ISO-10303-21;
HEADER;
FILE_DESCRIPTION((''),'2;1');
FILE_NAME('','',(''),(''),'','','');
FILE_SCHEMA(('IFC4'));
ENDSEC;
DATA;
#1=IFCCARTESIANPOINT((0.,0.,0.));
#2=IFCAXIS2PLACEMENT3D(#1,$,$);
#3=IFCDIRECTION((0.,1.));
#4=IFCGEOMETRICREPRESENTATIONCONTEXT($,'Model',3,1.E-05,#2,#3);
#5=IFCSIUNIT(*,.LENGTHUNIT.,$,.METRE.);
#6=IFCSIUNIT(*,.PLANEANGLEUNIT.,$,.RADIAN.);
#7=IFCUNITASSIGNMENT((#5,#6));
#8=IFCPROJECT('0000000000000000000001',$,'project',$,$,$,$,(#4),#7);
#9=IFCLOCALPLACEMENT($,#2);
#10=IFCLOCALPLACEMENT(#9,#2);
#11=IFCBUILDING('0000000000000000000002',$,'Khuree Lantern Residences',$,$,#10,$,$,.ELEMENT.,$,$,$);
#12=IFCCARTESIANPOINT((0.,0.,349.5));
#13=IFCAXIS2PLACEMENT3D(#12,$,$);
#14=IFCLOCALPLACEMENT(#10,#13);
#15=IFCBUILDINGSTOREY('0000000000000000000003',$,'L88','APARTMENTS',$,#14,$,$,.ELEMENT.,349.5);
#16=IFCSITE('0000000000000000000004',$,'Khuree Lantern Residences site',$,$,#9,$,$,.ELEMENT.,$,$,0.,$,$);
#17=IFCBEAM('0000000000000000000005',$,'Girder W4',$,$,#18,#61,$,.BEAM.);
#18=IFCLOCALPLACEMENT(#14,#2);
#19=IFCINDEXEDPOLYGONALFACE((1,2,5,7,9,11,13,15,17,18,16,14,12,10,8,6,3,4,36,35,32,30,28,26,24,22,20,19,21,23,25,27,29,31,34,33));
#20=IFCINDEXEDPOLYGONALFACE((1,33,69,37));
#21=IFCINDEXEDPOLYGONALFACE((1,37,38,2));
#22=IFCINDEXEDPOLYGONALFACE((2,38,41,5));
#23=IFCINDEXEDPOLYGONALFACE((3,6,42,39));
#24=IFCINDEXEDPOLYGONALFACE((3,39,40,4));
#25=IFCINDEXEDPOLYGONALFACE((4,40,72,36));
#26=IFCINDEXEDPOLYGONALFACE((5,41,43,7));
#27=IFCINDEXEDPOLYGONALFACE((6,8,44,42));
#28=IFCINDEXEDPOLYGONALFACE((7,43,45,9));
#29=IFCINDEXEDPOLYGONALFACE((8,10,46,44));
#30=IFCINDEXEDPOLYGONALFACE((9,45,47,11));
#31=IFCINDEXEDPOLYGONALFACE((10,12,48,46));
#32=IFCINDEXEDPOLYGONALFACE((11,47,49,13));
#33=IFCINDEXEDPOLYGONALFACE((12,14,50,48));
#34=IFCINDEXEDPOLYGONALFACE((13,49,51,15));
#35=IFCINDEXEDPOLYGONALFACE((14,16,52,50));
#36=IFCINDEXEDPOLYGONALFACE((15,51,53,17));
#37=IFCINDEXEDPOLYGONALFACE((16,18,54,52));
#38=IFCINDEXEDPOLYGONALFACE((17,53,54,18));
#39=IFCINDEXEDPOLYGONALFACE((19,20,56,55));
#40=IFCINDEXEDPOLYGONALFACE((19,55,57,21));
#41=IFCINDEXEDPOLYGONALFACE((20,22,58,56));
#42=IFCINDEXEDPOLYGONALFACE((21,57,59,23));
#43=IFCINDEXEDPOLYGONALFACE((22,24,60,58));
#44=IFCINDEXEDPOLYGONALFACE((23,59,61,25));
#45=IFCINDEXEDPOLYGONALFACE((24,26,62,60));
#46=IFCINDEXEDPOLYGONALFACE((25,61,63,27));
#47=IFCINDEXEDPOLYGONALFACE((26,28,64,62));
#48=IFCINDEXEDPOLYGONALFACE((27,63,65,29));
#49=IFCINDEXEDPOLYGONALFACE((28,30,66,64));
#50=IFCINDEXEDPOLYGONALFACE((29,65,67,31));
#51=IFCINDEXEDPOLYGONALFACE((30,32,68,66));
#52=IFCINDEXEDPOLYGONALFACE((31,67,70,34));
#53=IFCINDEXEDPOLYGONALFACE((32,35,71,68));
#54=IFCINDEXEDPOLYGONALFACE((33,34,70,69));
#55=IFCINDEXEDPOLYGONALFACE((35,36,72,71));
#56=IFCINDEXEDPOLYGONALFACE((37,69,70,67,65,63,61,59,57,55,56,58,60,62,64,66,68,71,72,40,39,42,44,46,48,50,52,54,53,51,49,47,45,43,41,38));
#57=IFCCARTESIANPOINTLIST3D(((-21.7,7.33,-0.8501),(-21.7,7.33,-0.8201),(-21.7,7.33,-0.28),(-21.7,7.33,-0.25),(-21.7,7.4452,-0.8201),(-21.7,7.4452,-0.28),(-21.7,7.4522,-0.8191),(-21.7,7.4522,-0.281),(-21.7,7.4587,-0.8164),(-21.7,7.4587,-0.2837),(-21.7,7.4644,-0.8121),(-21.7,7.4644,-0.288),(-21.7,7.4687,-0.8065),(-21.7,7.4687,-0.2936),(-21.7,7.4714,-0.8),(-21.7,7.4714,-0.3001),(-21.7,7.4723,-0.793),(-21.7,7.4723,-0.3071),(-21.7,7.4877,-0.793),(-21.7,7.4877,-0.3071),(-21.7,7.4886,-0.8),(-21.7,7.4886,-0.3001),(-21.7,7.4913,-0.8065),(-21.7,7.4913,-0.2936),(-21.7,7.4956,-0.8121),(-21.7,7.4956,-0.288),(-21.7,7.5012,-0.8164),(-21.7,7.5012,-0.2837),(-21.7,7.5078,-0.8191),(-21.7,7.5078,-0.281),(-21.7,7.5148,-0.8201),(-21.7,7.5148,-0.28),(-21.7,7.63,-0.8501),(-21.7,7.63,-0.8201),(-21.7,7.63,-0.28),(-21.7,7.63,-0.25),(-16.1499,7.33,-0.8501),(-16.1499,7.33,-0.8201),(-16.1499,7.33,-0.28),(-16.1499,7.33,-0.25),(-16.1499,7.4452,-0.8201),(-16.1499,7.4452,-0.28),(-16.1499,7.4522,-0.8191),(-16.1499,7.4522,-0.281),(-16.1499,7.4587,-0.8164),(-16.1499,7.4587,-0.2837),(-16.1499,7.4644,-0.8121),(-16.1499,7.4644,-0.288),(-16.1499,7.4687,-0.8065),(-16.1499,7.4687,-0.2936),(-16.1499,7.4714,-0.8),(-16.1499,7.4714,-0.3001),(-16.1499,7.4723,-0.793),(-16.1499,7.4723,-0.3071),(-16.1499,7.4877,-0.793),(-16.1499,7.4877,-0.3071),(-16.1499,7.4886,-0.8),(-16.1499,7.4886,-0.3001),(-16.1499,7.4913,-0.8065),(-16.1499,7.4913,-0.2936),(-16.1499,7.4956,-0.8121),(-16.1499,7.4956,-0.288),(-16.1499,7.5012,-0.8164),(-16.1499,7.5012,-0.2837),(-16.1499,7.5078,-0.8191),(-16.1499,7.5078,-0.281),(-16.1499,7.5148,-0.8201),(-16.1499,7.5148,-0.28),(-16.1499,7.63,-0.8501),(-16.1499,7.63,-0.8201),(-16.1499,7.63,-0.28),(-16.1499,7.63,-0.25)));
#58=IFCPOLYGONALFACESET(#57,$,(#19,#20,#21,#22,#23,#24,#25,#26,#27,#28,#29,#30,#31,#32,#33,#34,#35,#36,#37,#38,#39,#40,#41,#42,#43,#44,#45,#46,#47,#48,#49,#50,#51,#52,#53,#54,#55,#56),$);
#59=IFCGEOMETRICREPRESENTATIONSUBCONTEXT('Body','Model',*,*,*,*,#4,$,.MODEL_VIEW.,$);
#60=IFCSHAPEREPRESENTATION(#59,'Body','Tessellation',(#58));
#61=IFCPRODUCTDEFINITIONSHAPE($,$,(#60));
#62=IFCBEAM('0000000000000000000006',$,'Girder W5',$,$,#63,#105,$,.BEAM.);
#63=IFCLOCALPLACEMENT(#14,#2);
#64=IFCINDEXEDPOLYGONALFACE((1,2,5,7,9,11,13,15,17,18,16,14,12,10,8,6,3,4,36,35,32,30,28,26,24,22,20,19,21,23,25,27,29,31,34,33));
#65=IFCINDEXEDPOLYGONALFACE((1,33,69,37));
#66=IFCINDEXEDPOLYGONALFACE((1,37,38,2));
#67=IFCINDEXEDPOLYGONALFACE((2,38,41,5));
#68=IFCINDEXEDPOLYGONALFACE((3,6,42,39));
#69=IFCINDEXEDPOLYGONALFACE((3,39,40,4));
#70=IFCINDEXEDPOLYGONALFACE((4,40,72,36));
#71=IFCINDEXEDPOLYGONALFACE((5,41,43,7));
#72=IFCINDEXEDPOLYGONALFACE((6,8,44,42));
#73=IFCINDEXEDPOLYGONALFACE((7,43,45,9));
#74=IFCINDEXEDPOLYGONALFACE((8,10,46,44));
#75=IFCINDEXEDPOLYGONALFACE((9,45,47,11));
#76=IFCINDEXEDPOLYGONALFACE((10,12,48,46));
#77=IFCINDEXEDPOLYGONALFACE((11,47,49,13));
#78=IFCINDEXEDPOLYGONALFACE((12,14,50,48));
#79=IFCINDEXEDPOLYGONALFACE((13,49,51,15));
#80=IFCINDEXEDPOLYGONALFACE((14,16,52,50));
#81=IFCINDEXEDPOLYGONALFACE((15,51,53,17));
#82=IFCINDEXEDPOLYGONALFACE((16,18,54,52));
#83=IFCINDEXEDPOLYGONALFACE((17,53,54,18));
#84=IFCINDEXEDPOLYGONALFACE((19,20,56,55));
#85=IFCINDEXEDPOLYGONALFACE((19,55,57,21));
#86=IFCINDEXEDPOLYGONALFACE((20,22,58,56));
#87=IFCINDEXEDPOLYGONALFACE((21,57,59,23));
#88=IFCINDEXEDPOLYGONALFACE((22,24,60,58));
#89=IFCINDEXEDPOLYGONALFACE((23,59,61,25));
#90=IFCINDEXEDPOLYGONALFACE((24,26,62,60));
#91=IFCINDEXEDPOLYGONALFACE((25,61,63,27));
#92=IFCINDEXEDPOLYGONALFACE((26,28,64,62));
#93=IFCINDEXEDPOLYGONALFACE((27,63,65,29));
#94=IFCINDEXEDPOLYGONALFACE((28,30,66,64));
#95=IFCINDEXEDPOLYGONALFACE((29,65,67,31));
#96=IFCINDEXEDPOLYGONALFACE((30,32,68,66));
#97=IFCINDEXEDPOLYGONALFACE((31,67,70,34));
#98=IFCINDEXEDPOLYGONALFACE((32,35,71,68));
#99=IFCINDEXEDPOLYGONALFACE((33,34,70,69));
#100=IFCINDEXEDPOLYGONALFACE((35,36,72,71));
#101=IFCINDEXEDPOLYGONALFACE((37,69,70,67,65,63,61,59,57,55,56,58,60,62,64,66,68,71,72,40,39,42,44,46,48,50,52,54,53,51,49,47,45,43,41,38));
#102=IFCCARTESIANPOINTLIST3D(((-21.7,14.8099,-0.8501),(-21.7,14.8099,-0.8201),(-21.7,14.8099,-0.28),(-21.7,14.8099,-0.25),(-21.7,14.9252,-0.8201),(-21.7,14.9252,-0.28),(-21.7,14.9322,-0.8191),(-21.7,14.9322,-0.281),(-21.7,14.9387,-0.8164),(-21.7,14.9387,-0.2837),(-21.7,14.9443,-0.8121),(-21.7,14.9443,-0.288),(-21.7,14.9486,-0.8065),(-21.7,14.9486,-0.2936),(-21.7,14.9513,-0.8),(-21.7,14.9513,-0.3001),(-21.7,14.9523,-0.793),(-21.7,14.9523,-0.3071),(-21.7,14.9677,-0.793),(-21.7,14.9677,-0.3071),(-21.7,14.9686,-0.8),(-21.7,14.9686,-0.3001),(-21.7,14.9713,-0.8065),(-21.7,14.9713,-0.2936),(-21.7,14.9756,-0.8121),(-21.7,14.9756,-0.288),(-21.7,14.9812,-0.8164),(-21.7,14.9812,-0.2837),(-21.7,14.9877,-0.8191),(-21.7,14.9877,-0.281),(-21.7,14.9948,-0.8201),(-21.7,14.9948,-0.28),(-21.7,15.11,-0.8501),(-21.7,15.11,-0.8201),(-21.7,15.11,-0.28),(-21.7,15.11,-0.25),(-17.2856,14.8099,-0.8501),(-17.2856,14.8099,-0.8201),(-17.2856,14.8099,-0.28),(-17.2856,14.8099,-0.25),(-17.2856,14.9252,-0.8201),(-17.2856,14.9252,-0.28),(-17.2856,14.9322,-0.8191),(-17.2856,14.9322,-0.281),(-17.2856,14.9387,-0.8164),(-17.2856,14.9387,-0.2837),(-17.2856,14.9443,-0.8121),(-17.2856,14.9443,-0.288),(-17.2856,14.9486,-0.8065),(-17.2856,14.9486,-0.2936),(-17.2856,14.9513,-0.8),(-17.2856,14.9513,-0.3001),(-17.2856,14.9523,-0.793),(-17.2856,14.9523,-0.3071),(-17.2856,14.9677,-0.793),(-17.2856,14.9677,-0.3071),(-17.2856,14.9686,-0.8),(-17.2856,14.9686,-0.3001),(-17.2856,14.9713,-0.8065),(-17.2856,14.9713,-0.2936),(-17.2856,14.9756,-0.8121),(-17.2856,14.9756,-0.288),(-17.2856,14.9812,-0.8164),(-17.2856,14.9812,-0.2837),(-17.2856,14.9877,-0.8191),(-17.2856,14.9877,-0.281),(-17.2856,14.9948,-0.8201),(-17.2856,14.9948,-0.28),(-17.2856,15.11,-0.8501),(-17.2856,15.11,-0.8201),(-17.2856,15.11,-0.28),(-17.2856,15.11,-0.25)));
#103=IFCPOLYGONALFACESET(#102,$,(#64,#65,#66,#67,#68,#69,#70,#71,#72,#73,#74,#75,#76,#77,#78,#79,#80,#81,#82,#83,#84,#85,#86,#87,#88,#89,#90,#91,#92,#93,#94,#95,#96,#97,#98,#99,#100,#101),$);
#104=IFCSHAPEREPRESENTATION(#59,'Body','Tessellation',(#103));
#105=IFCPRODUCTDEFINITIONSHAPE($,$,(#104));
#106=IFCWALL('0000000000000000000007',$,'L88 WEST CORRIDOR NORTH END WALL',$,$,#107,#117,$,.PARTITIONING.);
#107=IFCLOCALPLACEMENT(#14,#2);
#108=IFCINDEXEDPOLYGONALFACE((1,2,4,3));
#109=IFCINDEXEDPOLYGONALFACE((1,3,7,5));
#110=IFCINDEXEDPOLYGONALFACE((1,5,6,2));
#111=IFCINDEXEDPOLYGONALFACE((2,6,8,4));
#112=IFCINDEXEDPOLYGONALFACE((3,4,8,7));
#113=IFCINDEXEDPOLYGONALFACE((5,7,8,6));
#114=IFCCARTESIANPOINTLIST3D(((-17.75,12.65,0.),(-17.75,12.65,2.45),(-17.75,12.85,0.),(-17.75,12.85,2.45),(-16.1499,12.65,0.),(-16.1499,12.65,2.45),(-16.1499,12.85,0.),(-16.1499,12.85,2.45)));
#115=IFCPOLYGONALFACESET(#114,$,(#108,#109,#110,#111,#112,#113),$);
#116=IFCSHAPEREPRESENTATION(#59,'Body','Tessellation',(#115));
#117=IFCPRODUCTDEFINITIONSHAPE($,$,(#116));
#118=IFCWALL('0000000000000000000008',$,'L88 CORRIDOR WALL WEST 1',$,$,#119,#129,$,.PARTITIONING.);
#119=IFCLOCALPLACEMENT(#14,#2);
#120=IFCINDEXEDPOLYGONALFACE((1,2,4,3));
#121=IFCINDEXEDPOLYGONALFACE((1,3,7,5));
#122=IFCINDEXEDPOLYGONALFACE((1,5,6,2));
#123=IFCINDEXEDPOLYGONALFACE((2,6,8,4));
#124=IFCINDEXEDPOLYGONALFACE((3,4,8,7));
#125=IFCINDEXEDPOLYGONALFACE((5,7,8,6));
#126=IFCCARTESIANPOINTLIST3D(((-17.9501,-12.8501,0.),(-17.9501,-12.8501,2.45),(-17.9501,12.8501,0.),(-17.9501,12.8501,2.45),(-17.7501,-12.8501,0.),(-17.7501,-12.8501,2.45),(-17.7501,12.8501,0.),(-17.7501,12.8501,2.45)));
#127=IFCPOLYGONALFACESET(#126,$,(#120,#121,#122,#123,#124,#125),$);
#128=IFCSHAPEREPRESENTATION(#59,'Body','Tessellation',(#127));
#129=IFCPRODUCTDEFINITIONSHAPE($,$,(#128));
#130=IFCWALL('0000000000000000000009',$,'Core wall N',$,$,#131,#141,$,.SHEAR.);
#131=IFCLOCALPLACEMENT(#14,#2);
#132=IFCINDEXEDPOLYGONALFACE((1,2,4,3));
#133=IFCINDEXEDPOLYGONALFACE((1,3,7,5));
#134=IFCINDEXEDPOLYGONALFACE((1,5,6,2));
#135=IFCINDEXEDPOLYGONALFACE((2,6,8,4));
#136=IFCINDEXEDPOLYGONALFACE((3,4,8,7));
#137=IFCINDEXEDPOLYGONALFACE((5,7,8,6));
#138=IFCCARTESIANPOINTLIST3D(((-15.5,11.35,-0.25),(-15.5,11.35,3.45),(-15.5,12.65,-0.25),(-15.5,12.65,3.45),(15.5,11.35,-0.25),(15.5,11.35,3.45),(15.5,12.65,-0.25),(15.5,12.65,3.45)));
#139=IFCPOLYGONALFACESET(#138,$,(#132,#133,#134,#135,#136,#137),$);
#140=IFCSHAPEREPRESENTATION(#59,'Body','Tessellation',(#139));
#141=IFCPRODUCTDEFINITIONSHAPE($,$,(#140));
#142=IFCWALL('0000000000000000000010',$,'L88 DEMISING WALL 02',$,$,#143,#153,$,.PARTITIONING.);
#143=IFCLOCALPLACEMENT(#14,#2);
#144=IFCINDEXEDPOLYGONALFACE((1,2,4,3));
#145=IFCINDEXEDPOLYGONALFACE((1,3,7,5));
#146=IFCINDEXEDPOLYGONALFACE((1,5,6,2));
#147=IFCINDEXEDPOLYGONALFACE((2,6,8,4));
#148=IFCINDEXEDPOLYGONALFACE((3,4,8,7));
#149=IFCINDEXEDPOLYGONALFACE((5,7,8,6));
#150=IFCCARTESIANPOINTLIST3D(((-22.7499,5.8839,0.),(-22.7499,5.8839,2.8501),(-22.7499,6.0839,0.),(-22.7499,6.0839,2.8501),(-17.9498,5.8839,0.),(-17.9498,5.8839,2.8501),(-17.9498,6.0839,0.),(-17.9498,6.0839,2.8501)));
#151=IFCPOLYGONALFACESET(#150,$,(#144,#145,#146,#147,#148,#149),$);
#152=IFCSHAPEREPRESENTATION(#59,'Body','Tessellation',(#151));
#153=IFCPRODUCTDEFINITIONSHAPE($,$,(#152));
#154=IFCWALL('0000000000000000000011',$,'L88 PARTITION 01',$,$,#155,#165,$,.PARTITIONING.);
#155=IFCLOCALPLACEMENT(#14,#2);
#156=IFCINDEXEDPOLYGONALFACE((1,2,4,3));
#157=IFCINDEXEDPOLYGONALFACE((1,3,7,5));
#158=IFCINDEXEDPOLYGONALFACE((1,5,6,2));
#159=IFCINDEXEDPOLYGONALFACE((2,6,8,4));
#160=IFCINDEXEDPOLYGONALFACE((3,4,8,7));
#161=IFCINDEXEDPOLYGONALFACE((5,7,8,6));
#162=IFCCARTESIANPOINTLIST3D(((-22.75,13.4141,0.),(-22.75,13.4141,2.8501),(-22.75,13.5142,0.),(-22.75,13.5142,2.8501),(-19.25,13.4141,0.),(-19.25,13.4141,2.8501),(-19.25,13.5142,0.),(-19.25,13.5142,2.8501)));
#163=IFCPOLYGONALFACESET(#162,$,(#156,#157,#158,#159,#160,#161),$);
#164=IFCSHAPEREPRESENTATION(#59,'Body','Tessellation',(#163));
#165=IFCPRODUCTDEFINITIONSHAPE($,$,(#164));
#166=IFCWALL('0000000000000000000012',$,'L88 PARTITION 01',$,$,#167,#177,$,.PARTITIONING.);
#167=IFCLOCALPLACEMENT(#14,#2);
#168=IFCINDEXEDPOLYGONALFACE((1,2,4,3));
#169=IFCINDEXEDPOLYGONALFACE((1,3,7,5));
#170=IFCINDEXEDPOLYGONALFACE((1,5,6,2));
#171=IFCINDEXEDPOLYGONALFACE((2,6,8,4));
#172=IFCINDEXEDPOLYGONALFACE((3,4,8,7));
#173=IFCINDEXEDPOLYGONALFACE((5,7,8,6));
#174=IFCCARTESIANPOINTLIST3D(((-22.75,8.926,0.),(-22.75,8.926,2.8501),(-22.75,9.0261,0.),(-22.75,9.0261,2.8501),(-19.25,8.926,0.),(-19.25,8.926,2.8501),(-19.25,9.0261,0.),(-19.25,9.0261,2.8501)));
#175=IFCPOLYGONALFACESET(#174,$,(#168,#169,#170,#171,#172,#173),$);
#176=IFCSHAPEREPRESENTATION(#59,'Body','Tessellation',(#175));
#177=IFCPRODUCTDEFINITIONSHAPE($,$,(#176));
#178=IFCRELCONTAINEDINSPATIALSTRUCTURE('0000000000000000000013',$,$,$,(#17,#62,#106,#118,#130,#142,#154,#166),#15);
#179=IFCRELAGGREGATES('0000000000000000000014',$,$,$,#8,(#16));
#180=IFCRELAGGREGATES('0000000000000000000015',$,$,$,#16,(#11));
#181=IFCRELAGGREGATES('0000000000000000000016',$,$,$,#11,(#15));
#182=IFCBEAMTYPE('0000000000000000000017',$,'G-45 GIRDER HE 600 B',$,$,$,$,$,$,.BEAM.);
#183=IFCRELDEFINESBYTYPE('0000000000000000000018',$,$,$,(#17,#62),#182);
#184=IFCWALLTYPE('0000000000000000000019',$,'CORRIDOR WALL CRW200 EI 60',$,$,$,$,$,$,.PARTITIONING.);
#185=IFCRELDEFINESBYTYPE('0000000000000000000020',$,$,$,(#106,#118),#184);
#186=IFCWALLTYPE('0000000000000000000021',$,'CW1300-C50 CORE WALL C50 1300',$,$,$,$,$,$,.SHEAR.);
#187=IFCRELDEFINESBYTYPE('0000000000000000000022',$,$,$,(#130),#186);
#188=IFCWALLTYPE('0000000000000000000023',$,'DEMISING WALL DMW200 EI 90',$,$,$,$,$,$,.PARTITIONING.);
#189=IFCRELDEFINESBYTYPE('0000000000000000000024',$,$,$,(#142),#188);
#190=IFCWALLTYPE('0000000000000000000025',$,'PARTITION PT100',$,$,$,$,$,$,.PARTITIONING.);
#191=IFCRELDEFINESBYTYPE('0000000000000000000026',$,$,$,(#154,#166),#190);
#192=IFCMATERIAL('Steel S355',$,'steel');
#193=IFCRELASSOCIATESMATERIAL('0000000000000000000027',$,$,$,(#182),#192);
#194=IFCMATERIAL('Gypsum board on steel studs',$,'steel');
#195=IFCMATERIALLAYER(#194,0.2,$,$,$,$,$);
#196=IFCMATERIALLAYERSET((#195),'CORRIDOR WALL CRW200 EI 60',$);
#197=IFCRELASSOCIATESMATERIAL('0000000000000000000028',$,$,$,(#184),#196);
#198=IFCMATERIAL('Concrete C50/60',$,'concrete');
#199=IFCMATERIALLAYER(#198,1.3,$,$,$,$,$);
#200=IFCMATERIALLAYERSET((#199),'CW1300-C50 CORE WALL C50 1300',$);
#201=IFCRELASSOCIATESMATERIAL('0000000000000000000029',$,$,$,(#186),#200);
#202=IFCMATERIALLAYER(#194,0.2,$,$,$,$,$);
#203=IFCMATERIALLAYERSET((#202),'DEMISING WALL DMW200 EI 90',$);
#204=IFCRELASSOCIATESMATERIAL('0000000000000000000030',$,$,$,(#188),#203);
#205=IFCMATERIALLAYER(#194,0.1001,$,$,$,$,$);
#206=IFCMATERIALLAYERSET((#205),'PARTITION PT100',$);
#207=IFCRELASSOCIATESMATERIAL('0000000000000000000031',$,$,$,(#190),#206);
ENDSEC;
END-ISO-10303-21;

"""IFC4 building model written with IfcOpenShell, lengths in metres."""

from ifc_helpers import new_model, si_unit, direction, frame, frame_2d, origin, origin_2d, place, context, subcontext, project, spatial, rectangle, i_section, extrude, material, layer, layer_set, material_profile, profile_set, type_object, element, save


model = new_model("IFC4")

# Units and contexts
model_context = context("Model", 3, precision=1e-05, world=origin(), true_north=direction((0.0, 1.0)))
body_context = subcontext(model_context, "Body", "Model", "MODEL_VIEW")
ifc_project = project(units=[si_unit("LENGTHUNIT", "METRE"), si_unit("PLANEANGLEUNIT", "RADIAN")], contexts=[model_context])

# Site, building, storey
site_placement = place(None, origin())
site = spatial("IfcSite", under=ifc_project, at=site_placement, Name="Khuree Lantern Residences site", CompositionType="ELEMENT", RefElevation=0.0)
building_placement = place(site_placement, origin())
building = spatial("IfcBuilding", under=site, at=building_placement, Name="Khuree Lantern Residences", CompositionType="ELEMENT")
storey_placement = place(building_placement, frame((0.0, 0.0, 349.5)))
storey = spatial("IfcBuildingStorey", under=building, at=storey_placement, Name="L88", Description="APARTMENTS", CompositionType="ELEMENT", Elevation=349.5)

# Shared definitions
ifc_material_1 = material(Name="Concrete C50/60", Category="concrete")

# Beams
ifc_material_2 = material(Name="Steel S355", Category="steel")
ifc_material_profile_1 = material_profile(ifc_material_2, i_section(OverallWidth=0.3, OverallDepth=0.6001, WebThickness=0.0154, FlangeThickness=0.03, FilletRadius=0.0271, at=origin_2d()), Name="HE 600 B")
ifc_profile_set_1 = profile_set([ifc_material_profile_1], Name="Steel S355")
beam_type_1 = type_object("IfcBeamType", Name="G-45 GIRDER HE 600 B", PredefinedType="BEAM", material=ifc_profile_set_1)
beam_1_placement = place(storey_placement, frame((-21.7, 7.48, -0.55), z_axis=(1.0, 0.0, 0.0), x_axis=(0.0, 1.0, 0.0)))
element("IfcBeam", 1, at=beam_1_placement, inside=storey, type_object=beam_type_1, Name="Girder W4", PredefinedType="BEAM", context=body_context, shape_type="SweptSolid", body=[
    extrude(i_section(OverallWidth=0.3, OverallDepth=0.6001, WebThickness=0.0154, FlangeThickness=0.03, FilletRadius=0.0271, at=origin_2d()), origin(), (0.0, 0.0, 1.0), 5.55),
])
beam_2_placement = place(storey_placement, frame((-21.7, 14.96, -0.55), z_axis=(1.0, 0.0, 0.0), x_axis=(0.0, 1.0, 0.0)))
element("IfcBeam", 2, at=beam_2_placement, inside=storey, type_object=beam_type_1, Name="Girder W5", PredefinedType="BEAM", context=body_context, shape_type="SweptSolid", body=[
    extrude(i_section(OverallWidth=0.3, OverallDepth=0.6001, WebThickness=0.0154, FlangeThickness=0.03, FilletRadius=0.0271, at=origin_2d()), origin(), (0.0, 0.0, 1.0), 4.4143),
])

# Walls
ifc_material_3 = material(Name="Gypsum board on steel studs", Category="steel")
ifc_layer_1 = layer(ifc_material_3, 0.2)
ifc_layer_set_1 = layer_set([ifc_layer_1], Name="CORRIDOR WALL CRW200 EI 60")
wall_type_1 = type_object("IfcWallType", Name="CORRIDOR WALL CRW200 EI 60", PredefinedType="PARTITIONING", material=ifc_layer_set_1)
wall_1_placement = place(storey_placement, frame((-16.1499, 12.75, 0.0), z_axis=(0.0, 0.0, 1.0), x_axis=(-1.0, 0.0, 0.0)))
element("IfcWall", 3, at=wall_1_placement, inside=storey, type_object=wall_type_1, Name="L88 WEST CORRIDOR NORTH END WALL", PredefinedType="PARTITIONING", context=body_context, shape_type="SweptSolid", body=[
    extrude(rectangle(XDim=1.6001, YDim=0.2, at=frame_2d((0.8, 0.0))), origin(), (0.0, 0.0, 1.0), 2.45),
])
wall_2_placement = place(storey_placement, frame((-17.8501, 12.8501, 0.0), z_axis=(0.0, 0.0, 1.0), x_axis=(0.0, -1.0, 0.0)))
element("IfcWall", 4, at=wall_2_placement, inside=storey, type_object=wall_type_1, Name="L88 CORRIDOR WALL WEST 1", PredefinedType="PARTITIONING", context=body_context, shape_type="SweptSolid", body=[
    extrude(rectangle(XDim=25.7002, YDim=0.2, at=frame_2d((12.8501, 0.0))), origin(), (0.0, 0.0, 1.0), 2.45),
])
ifc_layer_2 = layer(ifc_material_1, 1.3)
ifc_layer_set_2 = layer_set([ifc_layer_2], Name="CW1300-C50 CORE WALL C50 1300")
wall_type_2 = type_object("IfcWallType", Name="CW1300-C50 CORE WALL C50 1300", PredefinedType="SHEAR", material=ifc_layer_set_2)
wall_3_placement = place(storey_placement, frame((-15.5, 12.0, -0.25), z_axis=(0.0, 0.0, 1.0), x_axis=(1.0, 0.0, 0.0)))
element("IfcWall", 5, at=wall_3_placement, inside=storey, type_object=wall_type_2, Name="Core wall N", PredefinedType="SHEAR", context=body_context, shape_type="SweptSolid", body=[
    extrude(rectangle(XDim=31.0, YDim=1.3, at=frame_2d((15.5, 0.0))), origin(), (0.0, 0.0, 1.0), 3.7),
])
ifc_layer_3 = layer(ifc_material_3, 0.2)
ifc_layer_set_3 = layer_set([ifc_layer_3], Name="DEMISING WALL DMW200 EI 90")
wall_type_3 = type_object("IfcWallType", Name="DEMISING WALL DMW200 EI 90", PredefinedType="PARTITIONING", material=ifc_layer_set_3)
wall_4_placement = place(storey_placement, frame((-17.95, 5.9839, 0.0), z_axis=(0.0, 0.0, 1.0), x_axis=(-1.0, 0.0, 0.0)))
element("IfcWall", 6, at=wall_4_placement, inside=storey, type_object=wall_type_3, Name="L88 DEMISING WALL 02", PredefinedType="PARTITIONING", context=body_context, shape_type="SweptSolid", body=[
    extrude(rectangle(XDim=4.8, YDim=0.2, at=frame_2d((2.3999, 0.0))), origin(), (0.0, 0.0, 1.0), 2.8501),
])
ifc_layer_4 = layer(ifc_material_3, 0.1001)
ifc_layer_set_4 = layer_set([ifc_layer_4], Name="PARTITION PT100")
wall_type_4 = type_object("IfcWallType", Name="PARTITION PT100", PredefinedType="PARTITIONING", material=ifc_layer_set_4)
for number, where, z_axis, x_axis, name in (
    (7, (-19.25, 13.4641, 0.0), (0.0, 0.0, 1.0), (-1.0, 0.0, 0.0), "L88 PARTITION 01"),
    (8, (-19.25, 8.9761, 0.0), (0.0, 0.0, 1.0), (-1.0, 0.0, 0.0), "L88 PARTITION 01"),
):
    element("IfcWall", number, at=place(storey_placement, frame(where, z_axis=z_axis, x_axis=x_axis)), inside=storey, type_object=wall_type_4, Name=name, PredefinedType="PARTITIONING", context=body_context, shape_type="SweptSolid", body=[
        extrude(rectangle(XDim=3.5, YDim=0.1001, at=frame_2d((1.75, 0.0))), origin(), (0.0, 0.0, 1.0), 2.8501),
    ])

save(model, "model.ifc")
